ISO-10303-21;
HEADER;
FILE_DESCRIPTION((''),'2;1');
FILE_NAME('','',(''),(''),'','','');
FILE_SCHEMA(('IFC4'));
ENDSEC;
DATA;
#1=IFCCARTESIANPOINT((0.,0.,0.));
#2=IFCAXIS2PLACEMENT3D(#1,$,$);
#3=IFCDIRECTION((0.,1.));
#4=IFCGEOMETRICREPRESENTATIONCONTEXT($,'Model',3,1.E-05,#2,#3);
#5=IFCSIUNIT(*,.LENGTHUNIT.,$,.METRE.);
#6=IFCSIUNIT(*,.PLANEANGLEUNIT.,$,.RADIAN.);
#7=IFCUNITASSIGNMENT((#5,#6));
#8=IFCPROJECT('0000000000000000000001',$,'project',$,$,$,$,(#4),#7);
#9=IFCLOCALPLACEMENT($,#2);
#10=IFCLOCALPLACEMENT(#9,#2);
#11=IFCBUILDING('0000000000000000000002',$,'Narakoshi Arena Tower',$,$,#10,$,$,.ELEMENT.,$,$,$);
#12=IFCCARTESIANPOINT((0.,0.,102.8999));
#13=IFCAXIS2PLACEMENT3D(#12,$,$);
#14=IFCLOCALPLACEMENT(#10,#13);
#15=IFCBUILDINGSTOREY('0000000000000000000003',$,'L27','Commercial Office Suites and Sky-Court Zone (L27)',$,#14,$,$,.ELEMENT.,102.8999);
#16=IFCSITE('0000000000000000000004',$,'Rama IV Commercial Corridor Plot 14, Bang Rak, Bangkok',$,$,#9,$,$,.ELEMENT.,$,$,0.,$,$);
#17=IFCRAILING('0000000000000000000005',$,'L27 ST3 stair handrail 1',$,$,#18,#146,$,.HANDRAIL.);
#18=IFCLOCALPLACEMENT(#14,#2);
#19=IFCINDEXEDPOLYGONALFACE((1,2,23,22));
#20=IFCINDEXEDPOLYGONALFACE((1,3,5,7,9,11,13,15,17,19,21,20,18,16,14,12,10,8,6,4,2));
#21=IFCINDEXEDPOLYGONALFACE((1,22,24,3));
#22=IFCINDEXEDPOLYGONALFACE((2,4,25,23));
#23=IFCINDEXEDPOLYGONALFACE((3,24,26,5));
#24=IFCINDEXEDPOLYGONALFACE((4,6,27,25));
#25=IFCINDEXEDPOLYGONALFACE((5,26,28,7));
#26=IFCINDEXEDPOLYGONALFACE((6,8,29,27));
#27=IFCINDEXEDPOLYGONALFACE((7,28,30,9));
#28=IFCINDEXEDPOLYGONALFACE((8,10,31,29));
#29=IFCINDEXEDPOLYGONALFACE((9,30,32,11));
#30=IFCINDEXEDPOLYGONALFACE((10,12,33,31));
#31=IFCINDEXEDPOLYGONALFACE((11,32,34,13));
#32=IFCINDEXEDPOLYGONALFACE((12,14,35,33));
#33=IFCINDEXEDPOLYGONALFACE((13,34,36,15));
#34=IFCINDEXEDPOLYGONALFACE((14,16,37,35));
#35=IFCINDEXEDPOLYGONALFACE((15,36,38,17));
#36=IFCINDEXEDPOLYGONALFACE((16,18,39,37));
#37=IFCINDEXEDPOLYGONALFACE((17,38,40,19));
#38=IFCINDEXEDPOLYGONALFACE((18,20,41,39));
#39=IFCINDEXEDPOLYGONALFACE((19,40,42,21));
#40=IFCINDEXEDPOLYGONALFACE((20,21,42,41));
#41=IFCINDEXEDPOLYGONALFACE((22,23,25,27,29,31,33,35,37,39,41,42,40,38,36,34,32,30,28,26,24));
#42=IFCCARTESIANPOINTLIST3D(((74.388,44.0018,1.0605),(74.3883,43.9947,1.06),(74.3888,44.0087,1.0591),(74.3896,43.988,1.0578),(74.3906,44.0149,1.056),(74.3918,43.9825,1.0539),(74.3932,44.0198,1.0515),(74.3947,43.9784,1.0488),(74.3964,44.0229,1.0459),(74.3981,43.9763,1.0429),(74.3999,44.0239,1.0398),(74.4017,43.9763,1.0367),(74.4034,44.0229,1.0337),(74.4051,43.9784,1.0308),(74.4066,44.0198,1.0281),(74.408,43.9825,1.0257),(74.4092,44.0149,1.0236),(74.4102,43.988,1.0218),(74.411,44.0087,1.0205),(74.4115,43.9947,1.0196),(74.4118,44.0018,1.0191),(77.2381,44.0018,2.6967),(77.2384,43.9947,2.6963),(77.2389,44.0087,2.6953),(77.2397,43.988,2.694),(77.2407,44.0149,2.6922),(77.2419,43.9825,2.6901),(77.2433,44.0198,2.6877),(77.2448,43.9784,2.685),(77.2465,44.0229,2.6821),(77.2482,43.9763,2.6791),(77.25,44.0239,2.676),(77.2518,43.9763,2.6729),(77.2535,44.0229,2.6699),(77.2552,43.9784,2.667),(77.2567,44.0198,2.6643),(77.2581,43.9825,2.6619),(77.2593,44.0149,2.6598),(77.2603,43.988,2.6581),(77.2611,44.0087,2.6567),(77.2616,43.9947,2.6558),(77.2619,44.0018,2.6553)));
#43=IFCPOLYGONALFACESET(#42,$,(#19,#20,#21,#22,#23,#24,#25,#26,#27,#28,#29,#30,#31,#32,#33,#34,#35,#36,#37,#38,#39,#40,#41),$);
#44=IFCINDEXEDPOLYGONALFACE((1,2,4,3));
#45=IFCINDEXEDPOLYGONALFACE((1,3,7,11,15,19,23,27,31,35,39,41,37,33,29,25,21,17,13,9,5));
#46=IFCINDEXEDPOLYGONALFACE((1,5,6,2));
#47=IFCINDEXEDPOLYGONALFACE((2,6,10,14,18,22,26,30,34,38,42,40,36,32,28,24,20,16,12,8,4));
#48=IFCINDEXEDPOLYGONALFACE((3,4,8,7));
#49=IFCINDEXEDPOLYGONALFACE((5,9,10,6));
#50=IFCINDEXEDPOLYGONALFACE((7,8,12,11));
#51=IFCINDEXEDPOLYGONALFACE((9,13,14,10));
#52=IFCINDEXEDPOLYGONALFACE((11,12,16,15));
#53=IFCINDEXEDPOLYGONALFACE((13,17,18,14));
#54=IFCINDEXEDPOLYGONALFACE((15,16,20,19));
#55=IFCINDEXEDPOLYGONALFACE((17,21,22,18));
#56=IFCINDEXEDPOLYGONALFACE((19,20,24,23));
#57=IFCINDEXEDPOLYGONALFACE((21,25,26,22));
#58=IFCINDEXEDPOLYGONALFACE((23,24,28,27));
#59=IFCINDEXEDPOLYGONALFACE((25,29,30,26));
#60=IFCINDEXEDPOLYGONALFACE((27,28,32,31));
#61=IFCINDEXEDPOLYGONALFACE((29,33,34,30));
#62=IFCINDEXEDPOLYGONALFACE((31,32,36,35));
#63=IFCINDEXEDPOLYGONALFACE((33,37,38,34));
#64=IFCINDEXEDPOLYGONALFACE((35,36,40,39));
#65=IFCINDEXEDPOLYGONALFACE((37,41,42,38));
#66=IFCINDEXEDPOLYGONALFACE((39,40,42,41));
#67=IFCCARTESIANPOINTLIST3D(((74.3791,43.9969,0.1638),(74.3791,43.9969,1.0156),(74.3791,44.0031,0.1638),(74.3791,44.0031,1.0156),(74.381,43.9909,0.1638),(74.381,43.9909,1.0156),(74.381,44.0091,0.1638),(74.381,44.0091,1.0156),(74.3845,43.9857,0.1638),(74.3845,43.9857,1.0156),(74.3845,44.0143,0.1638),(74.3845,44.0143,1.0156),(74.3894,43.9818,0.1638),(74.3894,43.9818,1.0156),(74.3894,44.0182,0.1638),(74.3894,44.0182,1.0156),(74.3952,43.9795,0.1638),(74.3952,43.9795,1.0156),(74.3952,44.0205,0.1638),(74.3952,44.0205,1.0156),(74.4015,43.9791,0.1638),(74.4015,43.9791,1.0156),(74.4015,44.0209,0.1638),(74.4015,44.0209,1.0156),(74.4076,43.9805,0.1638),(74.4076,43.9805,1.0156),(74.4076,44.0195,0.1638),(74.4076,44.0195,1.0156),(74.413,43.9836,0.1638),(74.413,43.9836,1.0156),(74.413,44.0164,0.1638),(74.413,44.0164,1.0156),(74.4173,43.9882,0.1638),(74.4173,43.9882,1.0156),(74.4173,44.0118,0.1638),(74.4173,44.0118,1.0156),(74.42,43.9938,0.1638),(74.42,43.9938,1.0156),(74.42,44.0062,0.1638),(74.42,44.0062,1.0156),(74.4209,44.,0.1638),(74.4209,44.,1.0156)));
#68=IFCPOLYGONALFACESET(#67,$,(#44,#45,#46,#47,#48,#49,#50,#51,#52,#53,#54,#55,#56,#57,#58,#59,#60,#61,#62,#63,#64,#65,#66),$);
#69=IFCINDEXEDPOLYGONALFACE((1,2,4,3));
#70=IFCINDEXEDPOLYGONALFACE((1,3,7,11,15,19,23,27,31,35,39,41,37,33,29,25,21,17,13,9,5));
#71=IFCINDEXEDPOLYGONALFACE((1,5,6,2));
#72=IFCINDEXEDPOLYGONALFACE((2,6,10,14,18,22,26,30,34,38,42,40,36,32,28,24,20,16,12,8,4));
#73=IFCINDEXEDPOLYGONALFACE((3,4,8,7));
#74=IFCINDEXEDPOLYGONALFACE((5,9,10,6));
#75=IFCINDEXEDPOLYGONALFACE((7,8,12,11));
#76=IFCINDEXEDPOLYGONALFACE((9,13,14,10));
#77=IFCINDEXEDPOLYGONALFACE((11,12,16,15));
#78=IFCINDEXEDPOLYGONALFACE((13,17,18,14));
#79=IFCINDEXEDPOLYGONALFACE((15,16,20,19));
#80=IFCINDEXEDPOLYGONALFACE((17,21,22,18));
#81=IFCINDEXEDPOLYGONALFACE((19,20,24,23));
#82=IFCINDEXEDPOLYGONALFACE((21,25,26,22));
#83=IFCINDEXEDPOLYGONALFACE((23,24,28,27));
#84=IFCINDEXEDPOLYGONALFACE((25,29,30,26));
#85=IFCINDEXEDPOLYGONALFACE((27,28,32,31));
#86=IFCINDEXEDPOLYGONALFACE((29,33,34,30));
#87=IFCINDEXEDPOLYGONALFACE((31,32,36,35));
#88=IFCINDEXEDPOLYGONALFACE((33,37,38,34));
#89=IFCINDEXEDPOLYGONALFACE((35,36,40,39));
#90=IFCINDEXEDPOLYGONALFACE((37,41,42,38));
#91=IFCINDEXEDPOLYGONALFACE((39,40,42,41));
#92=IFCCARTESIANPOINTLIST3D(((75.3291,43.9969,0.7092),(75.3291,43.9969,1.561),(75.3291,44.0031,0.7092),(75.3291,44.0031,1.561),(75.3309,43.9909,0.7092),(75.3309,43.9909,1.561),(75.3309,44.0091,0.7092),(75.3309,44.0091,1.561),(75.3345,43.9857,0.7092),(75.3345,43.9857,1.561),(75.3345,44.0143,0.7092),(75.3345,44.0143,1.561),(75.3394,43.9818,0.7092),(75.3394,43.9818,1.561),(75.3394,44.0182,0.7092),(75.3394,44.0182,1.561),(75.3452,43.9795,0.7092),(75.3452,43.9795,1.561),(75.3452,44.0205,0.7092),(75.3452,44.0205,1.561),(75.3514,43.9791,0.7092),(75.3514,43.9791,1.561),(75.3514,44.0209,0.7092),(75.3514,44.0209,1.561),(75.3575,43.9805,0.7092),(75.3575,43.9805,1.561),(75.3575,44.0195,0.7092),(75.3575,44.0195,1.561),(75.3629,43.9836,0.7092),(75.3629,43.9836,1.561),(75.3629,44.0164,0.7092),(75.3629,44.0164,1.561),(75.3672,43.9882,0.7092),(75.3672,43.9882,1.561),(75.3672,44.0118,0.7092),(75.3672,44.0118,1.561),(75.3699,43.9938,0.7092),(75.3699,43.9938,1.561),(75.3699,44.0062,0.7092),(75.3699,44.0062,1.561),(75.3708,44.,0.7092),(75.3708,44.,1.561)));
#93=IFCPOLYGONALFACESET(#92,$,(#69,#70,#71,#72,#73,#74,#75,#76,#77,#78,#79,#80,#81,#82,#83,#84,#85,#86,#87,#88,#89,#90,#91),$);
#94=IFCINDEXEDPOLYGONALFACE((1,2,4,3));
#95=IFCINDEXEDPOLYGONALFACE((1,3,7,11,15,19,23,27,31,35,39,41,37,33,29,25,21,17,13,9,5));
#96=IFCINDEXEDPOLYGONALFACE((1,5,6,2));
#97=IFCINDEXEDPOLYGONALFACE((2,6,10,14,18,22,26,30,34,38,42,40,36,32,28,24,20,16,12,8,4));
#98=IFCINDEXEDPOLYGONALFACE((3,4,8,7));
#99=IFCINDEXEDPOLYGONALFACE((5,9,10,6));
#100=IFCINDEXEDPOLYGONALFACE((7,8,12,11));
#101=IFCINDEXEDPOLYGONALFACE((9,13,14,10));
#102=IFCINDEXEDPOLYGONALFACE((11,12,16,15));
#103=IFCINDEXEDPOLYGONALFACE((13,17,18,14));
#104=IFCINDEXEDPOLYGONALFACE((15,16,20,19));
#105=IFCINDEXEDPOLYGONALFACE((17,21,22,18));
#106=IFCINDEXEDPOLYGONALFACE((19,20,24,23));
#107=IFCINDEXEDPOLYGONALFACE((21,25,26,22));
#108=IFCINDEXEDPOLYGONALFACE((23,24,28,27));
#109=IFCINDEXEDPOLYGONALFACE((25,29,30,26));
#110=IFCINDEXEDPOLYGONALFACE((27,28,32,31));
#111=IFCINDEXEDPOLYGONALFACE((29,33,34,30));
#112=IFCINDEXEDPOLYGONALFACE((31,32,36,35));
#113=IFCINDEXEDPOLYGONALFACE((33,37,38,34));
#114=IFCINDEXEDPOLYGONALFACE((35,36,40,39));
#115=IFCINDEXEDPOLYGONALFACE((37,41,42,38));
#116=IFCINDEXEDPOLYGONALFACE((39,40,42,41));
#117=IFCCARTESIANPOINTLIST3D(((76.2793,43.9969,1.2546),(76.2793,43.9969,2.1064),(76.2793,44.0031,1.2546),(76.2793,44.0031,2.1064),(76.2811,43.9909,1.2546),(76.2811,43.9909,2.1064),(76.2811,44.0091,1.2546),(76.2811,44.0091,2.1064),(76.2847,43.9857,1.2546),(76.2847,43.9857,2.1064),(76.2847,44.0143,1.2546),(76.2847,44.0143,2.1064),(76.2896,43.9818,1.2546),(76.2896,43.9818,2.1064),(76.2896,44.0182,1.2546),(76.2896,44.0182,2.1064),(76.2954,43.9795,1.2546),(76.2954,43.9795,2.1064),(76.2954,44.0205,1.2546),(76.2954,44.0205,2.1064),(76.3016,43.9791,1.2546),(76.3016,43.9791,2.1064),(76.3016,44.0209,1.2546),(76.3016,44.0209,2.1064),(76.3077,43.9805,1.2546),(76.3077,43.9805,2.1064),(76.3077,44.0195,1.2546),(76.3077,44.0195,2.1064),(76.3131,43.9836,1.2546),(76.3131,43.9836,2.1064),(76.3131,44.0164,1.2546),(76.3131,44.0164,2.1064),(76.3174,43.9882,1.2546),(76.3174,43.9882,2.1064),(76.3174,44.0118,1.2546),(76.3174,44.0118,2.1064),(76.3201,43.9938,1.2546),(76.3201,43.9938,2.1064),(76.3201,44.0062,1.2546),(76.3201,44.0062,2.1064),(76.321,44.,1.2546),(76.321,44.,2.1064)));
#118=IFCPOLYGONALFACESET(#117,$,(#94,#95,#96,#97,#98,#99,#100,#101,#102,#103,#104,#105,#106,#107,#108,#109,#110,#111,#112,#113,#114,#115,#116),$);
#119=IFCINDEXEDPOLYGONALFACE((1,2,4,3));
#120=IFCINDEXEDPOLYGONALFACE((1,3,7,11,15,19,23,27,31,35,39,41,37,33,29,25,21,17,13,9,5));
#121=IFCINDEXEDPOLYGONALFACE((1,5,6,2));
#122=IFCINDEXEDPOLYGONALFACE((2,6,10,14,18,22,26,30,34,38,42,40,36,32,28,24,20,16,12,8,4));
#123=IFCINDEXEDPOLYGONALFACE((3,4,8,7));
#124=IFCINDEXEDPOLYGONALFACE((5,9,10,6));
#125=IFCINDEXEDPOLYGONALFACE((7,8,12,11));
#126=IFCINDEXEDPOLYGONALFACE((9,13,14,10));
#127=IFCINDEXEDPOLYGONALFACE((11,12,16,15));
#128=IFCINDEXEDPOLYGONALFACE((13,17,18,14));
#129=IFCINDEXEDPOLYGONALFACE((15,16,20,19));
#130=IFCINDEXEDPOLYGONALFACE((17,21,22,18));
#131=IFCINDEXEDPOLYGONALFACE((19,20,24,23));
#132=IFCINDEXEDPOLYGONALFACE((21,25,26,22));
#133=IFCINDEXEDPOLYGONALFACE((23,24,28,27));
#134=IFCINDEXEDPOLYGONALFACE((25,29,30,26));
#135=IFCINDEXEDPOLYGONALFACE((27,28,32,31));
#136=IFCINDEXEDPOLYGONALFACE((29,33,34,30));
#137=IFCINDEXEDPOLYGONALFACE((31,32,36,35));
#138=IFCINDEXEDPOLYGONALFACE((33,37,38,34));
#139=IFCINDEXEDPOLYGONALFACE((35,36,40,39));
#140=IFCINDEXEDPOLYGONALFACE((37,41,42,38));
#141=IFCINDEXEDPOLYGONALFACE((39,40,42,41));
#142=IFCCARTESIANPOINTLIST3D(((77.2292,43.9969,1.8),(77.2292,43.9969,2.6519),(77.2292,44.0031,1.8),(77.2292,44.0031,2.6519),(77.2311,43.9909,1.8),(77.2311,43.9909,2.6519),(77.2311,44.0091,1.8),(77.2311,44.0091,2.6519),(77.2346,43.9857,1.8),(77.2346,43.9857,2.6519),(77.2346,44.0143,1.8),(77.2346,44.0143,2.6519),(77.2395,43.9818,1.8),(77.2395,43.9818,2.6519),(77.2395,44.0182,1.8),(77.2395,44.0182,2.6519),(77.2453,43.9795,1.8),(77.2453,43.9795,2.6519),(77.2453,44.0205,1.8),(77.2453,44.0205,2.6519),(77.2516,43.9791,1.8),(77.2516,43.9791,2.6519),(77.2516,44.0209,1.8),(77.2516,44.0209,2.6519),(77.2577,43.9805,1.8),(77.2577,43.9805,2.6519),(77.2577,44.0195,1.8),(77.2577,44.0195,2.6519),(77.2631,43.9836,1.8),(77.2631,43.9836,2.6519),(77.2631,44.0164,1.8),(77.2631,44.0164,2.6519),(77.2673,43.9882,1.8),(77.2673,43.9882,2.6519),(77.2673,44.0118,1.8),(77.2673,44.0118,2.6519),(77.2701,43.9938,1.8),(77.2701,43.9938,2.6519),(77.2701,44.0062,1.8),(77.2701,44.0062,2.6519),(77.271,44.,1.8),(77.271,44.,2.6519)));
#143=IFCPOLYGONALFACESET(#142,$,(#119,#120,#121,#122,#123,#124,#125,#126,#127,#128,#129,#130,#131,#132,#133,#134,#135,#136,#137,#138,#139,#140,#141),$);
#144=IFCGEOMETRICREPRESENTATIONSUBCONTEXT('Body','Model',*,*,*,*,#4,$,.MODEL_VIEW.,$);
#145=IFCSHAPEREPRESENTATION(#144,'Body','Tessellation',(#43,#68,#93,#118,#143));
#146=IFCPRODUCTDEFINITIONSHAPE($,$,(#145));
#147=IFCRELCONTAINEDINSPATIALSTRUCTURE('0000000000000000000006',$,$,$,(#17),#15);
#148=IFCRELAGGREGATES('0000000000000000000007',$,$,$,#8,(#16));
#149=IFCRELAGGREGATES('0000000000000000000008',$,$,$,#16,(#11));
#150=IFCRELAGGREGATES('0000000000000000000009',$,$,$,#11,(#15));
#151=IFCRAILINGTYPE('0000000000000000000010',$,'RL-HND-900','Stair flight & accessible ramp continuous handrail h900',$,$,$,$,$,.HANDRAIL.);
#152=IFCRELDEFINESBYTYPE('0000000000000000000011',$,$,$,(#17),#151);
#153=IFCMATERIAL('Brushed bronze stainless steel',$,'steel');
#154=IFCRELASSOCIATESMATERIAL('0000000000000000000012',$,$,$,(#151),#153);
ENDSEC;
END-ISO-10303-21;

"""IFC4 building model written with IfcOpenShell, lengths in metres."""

from ifc_helpers import new_model, si_unit, direction, frame, origin, origin_2d, place, context, subcontext, project, spatial, circle, extrude, material, type_object, element, save


model = new_model("IFC4")

# Units and contexts
model_context = context("Model", 3, precision=1e-05, world=origin(), true_north=direction((0.0, 1.0)))
body_context = subcontext(model_context, "Body", "Model", "MODEL_VIEW")
ifc_project = project(units=[si_unit("LENGTHUNIT", "METRE"), si_unit("PLANEANGLEUNIT", "RADIAN")], contexts=[model_context])

# Site, building, storey
site_placement = place(None, origin())
site = spatial("IfcSite", under=ifc_project, at=site_placement, Name="Rama IV Commercial Corridor Plot 14, Bang Rak, Bangkok", CompositionType="ELEMENT", RefElevation=0.0)
building_placement = place(site_placement, origin())
building = spatial("IfcBuilding", under=site, at=building_placement, Name="Narakoshi Arena Tower", CompositionType="ELEMENT")
storey_placement = place(building_placement, frame((0.0, 0.0, 102.8999)))
storey = spatial("IfcBuildingStorey", under=building, at=storey_placement, Name="L27", Description="Commercial Office Suites and Sky-Court Zone (L27)", CompositionType="ELEMENT", Elevation=102.8999)

# Railing
ifc_material_1 = material(Name="Brushed bronze stainless steel", Category="steel")
railing_type_1 = type_object("IfcRailingType", Name="RL-HND-900", Description="Stair flight & accessible ramp continuous handrail h900", PredefinedType="HANDRAIL", material=ifc_material_1)
railing_1_placement = place(storey_placement, frame((74.3999, 44.0, 0.1638)))
element("IfcRailing", 1, at=railing_1_placement, inside=storey, type_object=railing_type_1, Name="L27 ST3 stair handrail 1", PredefinedType="HANDRAIL", context=body_context, shape_type="SweptSolid", body=[
    extrude(circle(Radius=0.0239, at=origin_2d()), frame((0.0, 0.0, 0.876), z_axis=(0.867245, 0.0, 0.497882), x_axis=(0.0, 1.0, 0.0)), (0.0, 0.0, 1.0), 3.2864),
    extrude(circle(Radius=0.021, at=origin_2d()), origin(), (0.0, 0.0, 1.0), 0.8518),
    extrude(circle(Radius=0.021, at=origin_2d()), frame((0.95, 0.0, 0.5454)), (0.0, 0.0, 1.0), 0.8518),
    extrude(circle(Radius=0.021, at=origin_2d()), frame((1.9001, 0.0, 1.0908)), (0.0, 0.0, 1.0), 0.8518),
    extrude(circle(Radius=0.021, at=origin_2d()), frame((2.8501, 0.0, 1.6362)), (0.0, 0.0, 1.0), 0.8518),
])

save(model, "model.ifc")
